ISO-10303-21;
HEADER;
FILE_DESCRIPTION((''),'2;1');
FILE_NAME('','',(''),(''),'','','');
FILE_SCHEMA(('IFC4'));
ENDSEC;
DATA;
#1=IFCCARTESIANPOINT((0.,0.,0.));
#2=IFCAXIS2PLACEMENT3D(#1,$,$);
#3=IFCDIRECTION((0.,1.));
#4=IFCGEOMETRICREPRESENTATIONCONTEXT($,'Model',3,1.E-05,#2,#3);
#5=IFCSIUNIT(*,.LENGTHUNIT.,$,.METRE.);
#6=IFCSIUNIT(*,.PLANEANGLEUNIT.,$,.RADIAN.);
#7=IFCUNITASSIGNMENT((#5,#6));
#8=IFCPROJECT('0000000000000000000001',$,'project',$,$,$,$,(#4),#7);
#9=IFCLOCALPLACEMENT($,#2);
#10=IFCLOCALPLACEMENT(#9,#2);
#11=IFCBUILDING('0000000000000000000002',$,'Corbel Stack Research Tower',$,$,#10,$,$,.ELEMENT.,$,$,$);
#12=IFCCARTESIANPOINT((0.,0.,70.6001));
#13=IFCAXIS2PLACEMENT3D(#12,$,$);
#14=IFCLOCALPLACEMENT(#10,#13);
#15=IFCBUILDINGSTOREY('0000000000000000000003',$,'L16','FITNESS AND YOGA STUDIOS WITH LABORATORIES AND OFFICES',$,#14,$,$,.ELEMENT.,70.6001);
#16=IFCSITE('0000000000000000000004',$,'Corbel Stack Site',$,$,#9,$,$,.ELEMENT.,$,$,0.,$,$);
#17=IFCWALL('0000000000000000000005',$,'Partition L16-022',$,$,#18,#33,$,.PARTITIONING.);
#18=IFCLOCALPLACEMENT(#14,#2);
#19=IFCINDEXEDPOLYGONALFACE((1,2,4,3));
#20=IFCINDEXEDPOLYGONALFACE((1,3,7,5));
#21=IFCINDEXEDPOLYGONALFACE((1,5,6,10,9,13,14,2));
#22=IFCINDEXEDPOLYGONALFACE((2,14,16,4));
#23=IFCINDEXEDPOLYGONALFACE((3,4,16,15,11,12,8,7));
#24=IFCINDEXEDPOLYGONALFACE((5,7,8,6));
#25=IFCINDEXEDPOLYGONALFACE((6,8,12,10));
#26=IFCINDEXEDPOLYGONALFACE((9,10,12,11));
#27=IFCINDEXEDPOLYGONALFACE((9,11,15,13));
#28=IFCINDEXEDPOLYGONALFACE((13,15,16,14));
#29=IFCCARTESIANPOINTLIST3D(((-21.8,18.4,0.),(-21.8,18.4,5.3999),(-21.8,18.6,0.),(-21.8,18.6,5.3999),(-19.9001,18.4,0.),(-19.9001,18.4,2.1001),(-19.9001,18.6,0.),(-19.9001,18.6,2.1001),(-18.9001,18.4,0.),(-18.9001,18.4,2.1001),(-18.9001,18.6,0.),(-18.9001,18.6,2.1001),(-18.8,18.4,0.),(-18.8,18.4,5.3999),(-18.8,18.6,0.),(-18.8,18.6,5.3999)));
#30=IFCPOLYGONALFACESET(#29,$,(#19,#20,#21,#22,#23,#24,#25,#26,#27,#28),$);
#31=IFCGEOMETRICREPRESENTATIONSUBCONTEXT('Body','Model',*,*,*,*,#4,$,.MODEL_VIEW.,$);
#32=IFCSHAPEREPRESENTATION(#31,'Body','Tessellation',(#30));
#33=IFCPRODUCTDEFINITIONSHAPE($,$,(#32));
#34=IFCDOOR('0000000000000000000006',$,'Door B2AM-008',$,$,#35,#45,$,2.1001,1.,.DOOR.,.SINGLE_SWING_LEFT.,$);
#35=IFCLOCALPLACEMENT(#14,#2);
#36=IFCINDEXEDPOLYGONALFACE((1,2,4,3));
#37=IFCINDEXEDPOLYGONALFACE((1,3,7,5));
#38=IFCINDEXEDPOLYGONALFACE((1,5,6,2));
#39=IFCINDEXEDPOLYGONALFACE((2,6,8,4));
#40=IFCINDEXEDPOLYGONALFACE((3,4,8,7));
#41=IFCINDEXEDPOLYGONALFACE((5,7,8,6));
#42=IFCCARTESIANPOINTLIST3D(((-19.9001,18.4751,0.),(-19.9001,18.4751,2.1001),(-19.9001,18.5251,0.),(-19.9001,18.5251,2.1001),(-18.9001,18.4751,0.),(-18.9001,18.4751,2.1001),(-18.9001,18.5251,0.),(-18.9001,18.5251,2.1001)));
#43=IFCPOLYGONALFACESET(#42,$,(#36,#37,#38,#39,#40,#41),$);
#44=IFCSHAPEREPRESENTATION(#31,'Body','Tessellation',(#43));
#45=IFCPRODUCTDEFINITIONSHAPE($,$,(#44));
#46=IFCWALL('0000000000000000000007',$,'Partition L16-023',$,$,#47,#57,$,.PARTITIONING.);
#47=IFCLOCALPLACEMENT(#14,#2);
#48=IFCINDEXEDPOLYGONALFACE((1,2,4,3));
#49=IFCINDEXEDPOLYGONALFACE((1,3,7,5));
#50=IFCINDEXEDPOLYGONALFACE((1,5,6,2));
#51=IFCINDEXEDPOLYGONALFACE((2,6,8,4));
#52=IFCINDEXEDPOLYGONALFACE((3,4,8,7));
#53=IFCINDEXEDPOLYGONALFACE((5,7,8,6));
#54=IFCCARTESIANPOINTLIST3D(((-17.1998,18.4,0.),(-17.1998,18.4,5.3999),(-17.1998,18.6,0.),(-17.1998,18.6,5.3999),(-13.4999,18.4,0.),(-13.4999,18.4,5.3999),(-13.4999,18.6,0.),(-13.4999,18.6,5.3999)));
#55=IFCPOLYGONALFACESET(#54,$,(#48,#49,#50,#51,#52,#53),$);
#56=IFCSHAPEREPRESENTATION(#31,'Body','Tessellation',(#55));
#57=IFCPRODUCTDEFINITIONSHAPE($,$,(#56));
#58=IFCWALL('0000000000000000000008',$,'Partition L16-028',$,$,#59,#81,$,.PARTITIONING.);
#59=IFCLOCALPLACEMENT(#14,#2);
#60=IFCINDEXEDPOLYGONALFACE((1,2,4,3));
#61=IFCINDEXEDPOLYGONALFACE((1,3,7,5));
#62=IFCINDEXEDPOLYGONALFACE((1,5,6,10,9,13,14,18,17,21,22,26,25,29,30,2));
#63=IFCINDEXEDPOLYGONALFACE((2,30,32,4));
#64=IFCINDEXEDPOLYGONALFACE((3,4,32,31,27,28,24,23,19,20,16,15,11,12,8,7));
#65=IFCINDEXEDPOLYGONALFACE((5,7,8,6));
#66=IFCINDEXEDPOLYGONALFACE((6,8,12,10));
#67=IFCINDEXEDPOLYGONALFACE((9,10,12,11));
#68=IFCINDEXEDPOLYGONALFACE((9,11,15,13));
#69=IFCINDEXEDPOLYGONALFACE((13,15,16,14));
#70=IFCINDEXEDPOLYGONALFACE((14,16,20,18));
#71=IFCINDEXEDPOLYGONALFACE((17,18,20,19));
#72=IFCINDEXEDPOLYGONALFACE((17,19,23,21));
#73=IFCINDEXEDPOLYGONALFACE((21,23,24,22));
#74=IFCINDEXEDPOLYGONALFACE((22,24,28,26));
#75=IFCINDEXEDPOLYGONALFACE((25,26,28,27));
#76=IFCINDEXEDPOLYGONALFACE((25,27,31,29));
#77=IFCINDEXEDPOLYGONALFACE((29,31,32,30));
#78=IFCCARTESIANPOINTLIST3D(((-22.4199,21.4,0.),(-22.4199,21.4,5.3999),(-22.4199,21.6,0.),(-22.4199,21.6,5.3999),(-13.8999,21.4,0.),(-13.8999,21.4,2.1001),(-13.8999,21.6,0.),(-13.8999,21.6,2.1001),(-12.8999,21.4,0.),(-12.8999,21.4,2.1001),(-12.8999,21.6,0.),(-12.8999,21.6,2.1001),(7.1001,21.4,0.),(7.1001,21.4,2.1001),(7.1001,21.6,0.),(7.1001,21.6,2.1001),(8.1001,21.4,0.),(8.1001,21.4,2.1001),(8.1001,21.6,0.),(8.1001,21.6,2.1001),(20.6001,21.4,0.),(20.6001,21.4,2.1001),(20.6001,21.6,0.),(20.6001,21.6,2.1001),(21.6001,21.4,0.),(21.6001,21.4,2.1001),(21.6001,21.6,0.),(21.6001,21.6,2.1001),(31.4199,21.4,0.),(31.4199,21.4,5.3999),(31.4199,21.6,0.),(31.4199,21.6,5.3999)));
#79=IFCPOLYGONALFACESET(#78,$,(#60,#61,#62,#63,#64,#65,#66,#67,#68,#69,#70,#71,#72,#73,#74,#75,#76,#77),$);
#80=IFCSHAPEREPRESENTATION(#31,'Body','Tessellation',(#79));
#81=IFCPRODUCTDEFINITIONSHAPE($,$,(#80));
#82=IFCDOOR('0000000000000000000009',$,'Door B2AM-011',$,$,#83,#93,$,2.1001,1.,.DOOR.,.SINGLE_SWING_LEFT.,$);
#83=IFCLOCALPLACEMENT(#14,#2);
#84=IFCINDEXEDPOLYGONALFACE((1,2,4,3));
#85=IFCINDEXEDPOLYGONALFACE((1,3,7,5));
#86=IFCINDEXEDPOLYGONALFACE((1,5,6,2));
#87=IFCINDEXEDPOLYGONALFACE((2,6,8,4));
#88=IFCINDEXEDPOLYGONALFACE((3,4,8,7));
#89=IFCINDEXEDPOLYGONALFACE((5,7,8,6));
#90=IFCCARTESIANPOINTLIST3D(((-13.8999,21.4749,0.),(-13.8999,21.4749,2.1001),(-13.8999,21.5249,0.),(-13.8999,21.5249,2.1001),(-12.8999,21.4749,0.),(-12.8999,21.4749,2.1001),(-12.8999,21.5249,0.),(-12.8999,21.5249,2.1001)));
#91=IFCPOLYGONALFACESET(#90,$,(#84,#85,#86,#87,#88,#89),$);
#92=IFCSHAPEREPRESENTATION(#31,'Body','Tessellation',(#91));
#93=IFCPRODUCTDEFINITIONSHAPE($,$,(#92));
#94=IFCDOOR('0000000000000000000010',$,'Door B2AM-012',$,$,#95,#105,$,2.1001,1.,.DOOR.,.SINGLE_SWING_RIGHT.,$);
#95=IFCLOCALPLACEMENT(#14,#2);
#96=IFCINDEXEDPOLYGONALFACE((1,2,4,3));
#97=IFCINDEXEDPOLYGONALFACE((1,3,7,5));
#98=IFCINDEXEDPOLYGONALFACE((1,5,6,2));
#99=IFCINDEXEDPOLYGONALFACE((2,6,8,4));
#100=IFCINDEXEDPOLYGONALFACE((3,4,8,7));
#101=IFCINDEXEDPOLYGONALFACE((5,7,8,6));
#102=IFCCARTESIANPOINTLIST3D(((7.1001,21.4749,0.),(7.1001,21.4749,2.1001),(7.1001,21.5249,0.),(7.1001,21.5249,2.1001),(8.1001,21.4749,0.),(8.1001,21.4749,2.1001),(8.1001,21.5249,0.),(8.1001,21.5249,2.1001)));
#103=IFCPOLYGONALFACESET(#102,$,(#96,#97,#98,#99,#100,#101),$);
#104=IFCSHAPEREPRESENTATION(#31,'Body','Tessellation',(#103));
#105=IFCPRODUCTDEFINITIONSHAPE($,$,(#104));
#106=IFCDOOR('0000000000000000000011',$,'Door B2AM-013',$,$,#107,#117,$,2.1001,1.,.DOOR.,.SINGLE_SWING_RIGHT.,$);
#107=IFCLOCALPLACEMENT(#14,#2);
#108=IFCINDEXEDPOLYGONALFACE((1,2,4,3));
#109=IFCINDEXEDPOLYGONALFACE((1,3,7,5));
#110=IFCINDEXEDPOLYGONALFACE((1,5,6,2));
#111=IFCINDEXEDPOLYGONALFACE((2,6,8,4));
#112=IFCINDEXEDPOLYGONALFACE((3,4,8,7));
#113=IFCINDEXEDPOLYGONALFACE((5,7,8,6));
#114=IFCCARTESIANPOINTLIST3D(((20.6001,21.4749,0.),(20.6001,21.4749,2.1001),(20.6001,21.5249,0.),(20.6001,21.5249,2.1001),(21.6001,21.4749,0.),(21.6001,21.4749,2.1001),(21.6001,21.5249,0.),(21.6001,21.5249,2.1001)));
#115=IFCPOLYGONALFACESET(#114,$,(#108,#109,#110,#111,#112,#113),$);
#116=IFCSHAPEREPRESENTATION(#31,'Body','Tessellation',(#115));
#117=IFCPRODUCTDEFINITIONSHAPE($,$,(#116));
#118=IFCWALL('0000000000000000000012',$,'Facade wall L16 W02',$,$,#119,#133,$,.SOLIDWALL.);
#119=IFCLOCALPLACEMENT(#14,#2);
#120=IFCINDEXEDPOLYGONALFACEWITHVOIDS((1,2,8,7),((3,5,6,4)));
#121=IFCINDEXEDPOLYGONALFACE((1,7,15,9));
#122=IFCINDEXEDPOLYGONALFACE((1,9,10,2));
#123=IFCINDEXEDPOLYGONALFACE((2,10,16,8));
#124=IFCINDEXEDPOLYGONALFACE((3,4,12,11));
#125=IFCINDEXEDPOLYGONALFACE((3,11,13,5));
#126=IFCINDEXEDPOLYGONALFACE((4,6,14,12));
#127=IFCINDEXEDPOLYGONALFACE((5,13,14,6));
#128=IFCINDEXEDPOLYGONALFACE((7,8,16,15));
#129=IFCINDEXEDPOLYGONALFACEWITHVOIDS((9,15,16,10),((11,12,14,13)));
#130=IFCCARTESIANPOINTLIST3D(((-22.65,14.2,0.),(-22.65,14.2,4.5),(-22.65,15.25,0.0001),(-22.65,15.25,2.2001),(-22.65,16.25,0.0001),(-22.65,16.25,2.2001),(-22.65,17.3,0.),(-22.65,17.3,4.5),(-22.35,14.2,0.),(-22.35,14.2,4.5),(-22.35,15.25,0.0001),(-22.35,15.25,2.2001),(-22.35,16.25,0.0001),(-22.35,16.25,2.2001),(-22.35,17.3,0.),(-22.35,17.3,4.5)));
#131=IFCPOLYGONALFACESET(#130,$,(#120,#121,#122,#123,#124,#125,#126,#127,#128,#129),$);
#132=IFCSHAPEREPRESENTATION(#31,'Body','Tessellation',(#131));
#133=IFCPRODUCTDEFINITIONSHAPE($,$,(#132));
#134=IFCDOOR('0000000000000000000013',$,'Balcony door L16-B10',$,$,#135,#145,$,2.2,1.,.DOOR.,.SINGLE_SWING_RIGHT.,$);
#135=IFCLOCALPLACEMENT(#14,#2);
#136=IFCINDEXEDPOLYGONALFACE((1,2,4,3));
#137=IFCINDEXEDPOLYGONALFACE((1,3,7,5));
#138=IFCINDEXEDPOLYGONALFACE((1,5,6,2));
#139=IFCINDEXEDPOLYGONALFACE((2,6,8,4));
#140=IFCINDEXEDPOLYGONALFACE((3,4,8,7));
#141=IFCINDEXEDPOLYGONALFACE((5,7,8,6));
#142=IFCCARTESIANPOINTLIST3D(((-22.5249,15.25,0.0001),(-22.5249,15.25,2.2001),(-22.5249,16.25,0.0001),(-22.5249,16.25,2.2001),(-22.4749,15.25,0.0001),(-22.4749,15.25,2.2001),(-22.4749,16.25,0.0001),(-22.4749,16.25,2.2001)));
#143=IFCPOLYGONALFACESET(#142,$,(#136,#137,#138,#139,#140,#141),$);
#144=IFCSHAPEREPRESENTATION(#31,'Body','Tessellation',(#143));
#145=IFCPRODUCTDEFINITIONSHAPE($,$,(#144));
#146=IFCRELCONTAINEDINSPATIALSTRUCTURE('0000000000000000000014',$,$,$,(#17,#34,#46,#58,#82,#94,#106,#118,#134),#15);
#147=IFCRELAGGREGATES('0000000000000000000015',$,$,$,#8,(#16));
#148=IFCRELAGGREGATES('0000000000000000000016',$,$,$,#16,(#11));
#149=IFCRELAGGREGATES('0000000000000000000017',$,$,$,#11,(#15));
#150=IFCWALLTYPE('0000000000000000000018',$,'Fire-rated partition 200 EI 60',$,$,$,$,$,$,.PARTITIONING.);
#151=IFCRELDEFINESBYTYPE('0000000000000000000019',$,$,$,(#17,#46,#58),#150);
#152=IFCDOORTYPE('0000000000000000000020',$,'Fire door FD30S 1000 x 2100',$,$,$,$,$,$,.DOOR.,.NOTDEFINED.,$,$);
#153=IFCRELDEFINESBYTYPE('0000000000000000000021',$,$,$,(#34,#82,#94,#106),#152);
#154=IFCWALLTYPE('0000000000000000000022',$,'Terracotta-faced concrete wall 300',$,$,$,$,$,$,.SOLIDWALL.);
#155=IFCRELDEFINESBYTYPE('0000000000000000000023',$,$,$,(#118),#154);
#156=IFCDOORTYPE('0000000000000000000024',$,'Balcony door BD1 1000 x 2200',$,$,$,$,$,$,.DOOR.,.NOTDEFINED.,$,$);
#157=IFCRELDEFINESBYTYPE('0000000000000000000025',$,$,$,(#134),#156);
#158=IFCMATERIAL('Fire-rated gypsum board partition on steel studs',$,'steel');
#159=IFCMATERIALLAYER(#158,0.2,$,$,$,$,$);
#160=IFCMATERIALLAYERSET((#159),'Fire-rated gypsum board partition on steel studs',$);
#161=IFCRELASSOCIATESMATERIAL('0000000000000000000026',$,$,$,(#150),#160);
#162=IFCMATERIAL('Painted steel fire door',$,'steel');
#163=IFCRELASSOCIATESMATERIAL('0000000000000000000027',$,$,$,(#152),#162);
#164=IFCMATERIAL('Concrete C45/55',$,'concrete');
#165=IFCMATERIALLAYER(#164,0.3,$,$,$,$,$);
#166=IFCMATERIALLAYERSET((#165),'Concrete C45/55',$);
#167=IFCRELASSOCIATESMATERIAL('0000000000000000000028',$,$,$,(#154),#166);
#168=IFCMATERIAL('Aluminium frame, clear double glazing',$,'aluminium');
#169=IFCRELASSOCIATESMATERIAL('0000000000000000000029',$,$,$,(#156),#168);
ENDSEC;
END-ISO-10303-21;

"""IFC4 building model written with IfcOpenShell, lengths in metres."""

from ifc_helpers import new_model, si_unit, direction, frame, frame_2d, origin, place, context, subcontext, project, spatial, rectangle, extrude, material, layer, layer_set, type_object, element, fill, save


model = new_model("IFC4")

# Units and contexts
model_context = context("Model", 3, precision=1e-05, world=origin(), true_north=direction((0.0, 1.0)))
body_context = subcontext(model_context, "Body", "Model", "MODEL_VIEW")
ifc_project = project(units=[si_unit("LENGTHUNIT", "METRE"), si_unit("PLANEANGLEUNIT", "RADIAN")], contexts=[model_context])

# Site, building, storey
site_placement = place(None, origin())
site = spatial("IfcSite", under=ifc_project, at=site_placement, Name="Corbel Stack Site", CompositionType="ELEMENT", RefElevation=0.0)
building_placement = place(site_placement, origin())
building = spatial("IfcBuilding", under=site, at=building_placement, Name="Corbel Stack Research Tower", CompositionType="ELEMENT")
storey_placement = place(building_placement, frame((0.0, 0.0, 70.6001)))
storey = spatial("IfcBuildingStorey", under=building, at=storey_placement, Name="L16", Description="FITNESS AND YOGA STUDIOS WITH LABORATORIES AND OFFICES", CompositionType="ELEMENT", Elevation=70.6001)

# Shared definitions
ifc_material_1 = material(Name="Fire-rated gypsum board partition on steel studs", Category="steel")
ifc_layer_1 = layer(ifc_material_1, 0.2)
ifc_layer_set_1 = layer_set([ifc_layer_1], Name="Fire-rated gypsum board partition on steel studs")
wall_type_1 = type_object("IfcWallType", Name="Fire-rated partition 200 EI 60", PredefinedType="PARTITIONING", material=ifc_layer_set_1)

# Wall, opening, door
wall_1_placement = place(storey_placement, frame((-18.8, 18.5, 0.0), z_axis=(0.0, 0.0, 1.0), x_axis=(-1.0, 0.0, 0.0)))
wall_1 = element("IfcWall", 1, at=wall_1_placement, inside=storey, type_object=wall_type_1, Name="Partition L16-022", PredefinedType="PARTITIONING", context=body_context, shape_type="SweptSolid", body=[
    extrude(rectangle(XDim=3.0, YDim=0.2, at=frame_2d((1.5, 0.0))), origin(), (0.0, 0.0, 1.0), 5.3999),
])
opening_1_placement = place(wall_1_placement, frame((0.1001, 0.0, 0.0)))
opening_1 = element("IfcOpeningElement", 2, at=opening_1_placement, cuts=wall_1, PredefinedType="OPENING", context=body_context, shape_type="SweptSolid", body=[
    extrude(rectangle(XDim=1.0, YDim=2.1001, at=frame_2d((0.5, 1.05))), frame((0.0, 0.1099, 0.0), z_axis=(0.0, -1.0, 0.0), x_axis=(1.0, 0.0, 0.0)), (0.0, 0.0, 1.0), 0.22),
])
ifc_material_2 = material(Name="Painted steel fire door", Category="steel")
door_type_1 = type_object("IfcDoorType", Name="Fire door FD30S 1000 x 2100", OperationType="NOTDEFINED", PredefinedType="DOOR", material=ifc_material_2)
door_1_placement = place(opening_1_placement, origin())
door_1 = element("IfcDoor", 3, at=door_1_placement, inside=storey, type_object=door_type_1, Name="Door B2AM-008", OperationType="SINGLE_SWING_LEFT", OverallHeight=2.1001, OverallWidth=1.0, PredefinedType="DOOR", context=body_context, shape_type="SweptSolid", body=[
    extrude(rectangle(XDim=1.0, YDim=2.1001, at=frame_2d((0.5, 1.05))), frame((0.0, 0.0249, 0.0), z_axis=(0.0, -1.0, 0.0), x_axis=(1.0, 0.0, 0.0)), (0.0, 0.0, 1.0), 0.05),
])
fill(opening_1, door_1)

# Wall
wall_2_placement = place(storey_placement, frame((-17.2, 18.5, 0.0), z_axis=(0.0, 0.0, 1.0), x_axis=(1.0, 0.0, 0.0)))
element("IfcWall", 4, at=wall_2_placement, inside=storey, type_object=wall_type_1, Name="Partition L16-023", PredefinedType="PARTITIONING", context=body_context, shape_type="SweptSolid", body=[
    extrude(rectangle(XDim=3.7, YDim=0.2, at=frame_2d((1.8501, 0.0))), origin(), (0.0, 0.0, 1.0), 5.3999),
])

# Wall, openings, doors
wall_3_placement = place(storey_placement, frame((-22.4199, 21.5, 0.0), z_axis=(0.0, 0.0, 1.0), x_axis=(1.0, 0.0, 0.0)))
wall_3 = element("IfcWall", 5, at=wall_3_placement, inside=storey, type_object=wall_type_1, Name="Partition L16-028", PredefinedType="PARTITIONING", context=body_context, shape_type="SweptSolid", body=[
    extrude(rectangle(XDim=53.8398, YDim=0.2, at=frame_2d((26.9199, 0.0))), origin(), (0.0, 0.0, 1.0), 5.3999),
])
opening_2_placement = place(wall_3_placement, frame((8.52, 0.0, 0.0)))
opening_2 = element("IfcOpeningElement", 6, at=opening_2_placement, cuts=wall_3, PredefinedType="OPENING", context=body_context, shape_type="SweptSolid", body=[
    extrude(rectangle(XDim=1.0, YDim=2.1001, at=frame_2d((0.5, 1.05))), frame((0.0, 0.1099, 0.0), z_axis=(0.0, -1.0, 0.0), x_axis=(1.0, 0.0, 0.0)), (0.0, 0.0, 1.0), 0.22),
])
opening_3_placement = place(wall_3_placement, frame((29.52, 0.0, 0.0)))
opening_3 = element("IfcOpeningElement", 7, at=opening_3_placement, cuts=wall_3, PredefinedType="OPENING", context=body_context, shape_type="SweptSolid", body=[
    extrude(rectangle(XDim=1.0, YDim=2.1001, at=frame_2d((0.5, 1.05))), frame((0.0, 0.1099, 0.0), z_axis=(0.0, -1.0, 0.0), x_axis=(1.0, 0.0, 0.0)), (0.0, 0.0, 1.0), 0.22),
])
opening_4_placement = place(wall_3_placement, frame((43.02, 0.0, 0.0)))
opening_4 = element("IfcOpeningElement", 8, at=opening_4_placement, cuts=wall_3, PredefinedType="OPENING", context=body_context, shape_type="SweptSolid", body=[
    extrude(rectangle(XDim=1.0, YDim=2.1001, at=frame_2d((0.5, 1.05))), frame((0.0, 0.1099, 0.0), z_axis=(0.0, -1.0, 0.0), x_axis=(1.0, 0.0, 0.0)), (0.0, 0.0, 1.0), 0.22),
])
door_2_placement = place(opening_2_placement, origin())
door_2 = element("IfcDoor", 9, at=door_2_placement, inside=storey, type_object=door_type_1, Name="Door B2AM-011", OperationType="SINGLE_SWING_LEFT", OverallHeight=2.1001, OverallWidth=1.0, PredefinedType="DOOR", context=body_context, shape_type="SweptSolid", body=[
    extrude(rectangle(XDim=1.0, YDim=2.1001, at=frame_2d((0.5, 1.05))), frame((0.0, 0.0249, 0.0), z_axis=(0.0, -1.0, 0.0), x_axis=(1.0, 0.0, 0.0)), (0.0, 0.0, 1.0), 0.05),
])
fill(opening_2, door_2)
door_3_placement = place(opening_3_placement, origin())
door_3 = element("IfcDoor", 10, at=door_3_placement, inside=storey, type_object=door_type_1, Name="Door B2AM-012", OperationType="SINGLE_SWING_RIGHT", OverallHeight=2.1001, OverallWidth=1.0, PredefinedType="DOOR", context=body_context, shape_type="SweptSolid", body=[
    extrude(rectangle(XDim=1.0, YDim=2.1001, at=frame_2d((0.5, 1.05))), frame((0.0, 0.0249, 0.0), z_axis=(0.0, -1.0, 0.0), x_axis=(1.0, 0.0, 0.0)), (0.0, 0.0, 1.0), 0.05),
])
fill(opening_3, door_3)
door_4_placement = place(opening_4_placement, origin())
door_4 = element("IfcDoor", 11, at=door_4_placement, inside=storey, type_object=door_type_1, Name="Door B2AM-013", OperationType="SINGLE_SWING_RIGHT", OverallHeight=2.1001, OverallWidth=1.0, PredefinedType="DOOR", context=body_context, shape_type="SweptSolid", body=[
    extrude(rectangle(XDim=1.0, YDim=2.1001, at=frame_2d((0.5, 1.05))), frame((0.0, 0.0249, 0.0), z_axis=(0.0, -1.0, 0.0), x_axis=(1.0, 0.0, 0.0)), (0.0, 0.0, 1.0), 0.05),
])
fill(opening_4, door_4)

# Wall, opening, door
ifc_material_3 = material(Name="Concrete C45/55", Category="concrete")
ifc_layer_2 = layer(ifc_material_3, 0.3)
ifc_layer_set_2 = layer_set([ifc_layer_2], Name="Concrete C45/55")
wall_type_2 = type_object("IfcWallType", Name="Terracotta-faced concrete wall 300", PredefinedType="SOLIDWALL", material=ifc_layer_set_2)
wall_4_placement = place(storey_placement, frame((-22.5, 14.2, 0.0), z_axis=(0.0, 0.0, 1.0), x_axis=(0.0, 1.0, 0.0)))
wall_4 = element("IfcWall", 12, at=wall_4_placement, inside=storey, type_object=wall_type_2, Name="Facade wall L16 W02", PredefinedType="SOLIDWALL", context=body_context, shape_type="SweptSolid", body=[
    extrude(rectangle(XDim=3.1001, YDim=0.3, at=frame_2d((1.55, 0.0))), origin(), (0.0, 0.0, 1.0), 4.5),
])
opening_5_placement = place(wall_4_placement, frame((1.05, 0.0, 0.0)))
opening_5 = element("IfcOpeningElement", 13, at=opening_5_placement, cuts=wall_4, PredefinedType="OPENING", context=body_context, shape_type="SweptSolid", body=[
    extrude(rectangle(XDim=1.0, YDim=2.2, at=frame_2d((0.5, 1.1001))), frame((0.0, 0.1599, 0.0), z_axis=(0.0, -1.0, 0.0), x_axis=(1.0, 0.0, 0.0)), (0.0, 0.0, 1.0), 0.3201),
])
ifc_material_4 = material(Name="Aluminium frame, clear double glazing", Category="aluminium")
door_type_2 = type_object("IfcDoorType", Name="Balcony door BD1 1000 x 2200", OperationType="NOTDEFINED", PredefinedType="DOOR", material=ifc_material_4)
door_5_placement = place(opening_5_placement, origin())
door_5 = element("IfcDoor", 14, at=door_5_placement, inside=storey, type_object=door_type_2, Name="Balcony door L16-B10", OperationType="SINGLE_SWING_RIGHT", OverallHeight=2.2, OverallWidth=1.0, PredefinedType="DOOR", context=body_context, shape_type="SweptSolid", body=[
    extrude(rectangle(XDim=1.0, YDim=2.2, at=frame_2d((0.5, 1.1001))), frame((0.0, 0.0249, 0.0), z_axis=(0.0, -1.0, 0.0), x_axis=(1.0, 0.0, 0.0)), (0.0, 0.0, 1.0), 0.05),
])
fill(opening_5, door_5)

save(model, "model.ifc")
